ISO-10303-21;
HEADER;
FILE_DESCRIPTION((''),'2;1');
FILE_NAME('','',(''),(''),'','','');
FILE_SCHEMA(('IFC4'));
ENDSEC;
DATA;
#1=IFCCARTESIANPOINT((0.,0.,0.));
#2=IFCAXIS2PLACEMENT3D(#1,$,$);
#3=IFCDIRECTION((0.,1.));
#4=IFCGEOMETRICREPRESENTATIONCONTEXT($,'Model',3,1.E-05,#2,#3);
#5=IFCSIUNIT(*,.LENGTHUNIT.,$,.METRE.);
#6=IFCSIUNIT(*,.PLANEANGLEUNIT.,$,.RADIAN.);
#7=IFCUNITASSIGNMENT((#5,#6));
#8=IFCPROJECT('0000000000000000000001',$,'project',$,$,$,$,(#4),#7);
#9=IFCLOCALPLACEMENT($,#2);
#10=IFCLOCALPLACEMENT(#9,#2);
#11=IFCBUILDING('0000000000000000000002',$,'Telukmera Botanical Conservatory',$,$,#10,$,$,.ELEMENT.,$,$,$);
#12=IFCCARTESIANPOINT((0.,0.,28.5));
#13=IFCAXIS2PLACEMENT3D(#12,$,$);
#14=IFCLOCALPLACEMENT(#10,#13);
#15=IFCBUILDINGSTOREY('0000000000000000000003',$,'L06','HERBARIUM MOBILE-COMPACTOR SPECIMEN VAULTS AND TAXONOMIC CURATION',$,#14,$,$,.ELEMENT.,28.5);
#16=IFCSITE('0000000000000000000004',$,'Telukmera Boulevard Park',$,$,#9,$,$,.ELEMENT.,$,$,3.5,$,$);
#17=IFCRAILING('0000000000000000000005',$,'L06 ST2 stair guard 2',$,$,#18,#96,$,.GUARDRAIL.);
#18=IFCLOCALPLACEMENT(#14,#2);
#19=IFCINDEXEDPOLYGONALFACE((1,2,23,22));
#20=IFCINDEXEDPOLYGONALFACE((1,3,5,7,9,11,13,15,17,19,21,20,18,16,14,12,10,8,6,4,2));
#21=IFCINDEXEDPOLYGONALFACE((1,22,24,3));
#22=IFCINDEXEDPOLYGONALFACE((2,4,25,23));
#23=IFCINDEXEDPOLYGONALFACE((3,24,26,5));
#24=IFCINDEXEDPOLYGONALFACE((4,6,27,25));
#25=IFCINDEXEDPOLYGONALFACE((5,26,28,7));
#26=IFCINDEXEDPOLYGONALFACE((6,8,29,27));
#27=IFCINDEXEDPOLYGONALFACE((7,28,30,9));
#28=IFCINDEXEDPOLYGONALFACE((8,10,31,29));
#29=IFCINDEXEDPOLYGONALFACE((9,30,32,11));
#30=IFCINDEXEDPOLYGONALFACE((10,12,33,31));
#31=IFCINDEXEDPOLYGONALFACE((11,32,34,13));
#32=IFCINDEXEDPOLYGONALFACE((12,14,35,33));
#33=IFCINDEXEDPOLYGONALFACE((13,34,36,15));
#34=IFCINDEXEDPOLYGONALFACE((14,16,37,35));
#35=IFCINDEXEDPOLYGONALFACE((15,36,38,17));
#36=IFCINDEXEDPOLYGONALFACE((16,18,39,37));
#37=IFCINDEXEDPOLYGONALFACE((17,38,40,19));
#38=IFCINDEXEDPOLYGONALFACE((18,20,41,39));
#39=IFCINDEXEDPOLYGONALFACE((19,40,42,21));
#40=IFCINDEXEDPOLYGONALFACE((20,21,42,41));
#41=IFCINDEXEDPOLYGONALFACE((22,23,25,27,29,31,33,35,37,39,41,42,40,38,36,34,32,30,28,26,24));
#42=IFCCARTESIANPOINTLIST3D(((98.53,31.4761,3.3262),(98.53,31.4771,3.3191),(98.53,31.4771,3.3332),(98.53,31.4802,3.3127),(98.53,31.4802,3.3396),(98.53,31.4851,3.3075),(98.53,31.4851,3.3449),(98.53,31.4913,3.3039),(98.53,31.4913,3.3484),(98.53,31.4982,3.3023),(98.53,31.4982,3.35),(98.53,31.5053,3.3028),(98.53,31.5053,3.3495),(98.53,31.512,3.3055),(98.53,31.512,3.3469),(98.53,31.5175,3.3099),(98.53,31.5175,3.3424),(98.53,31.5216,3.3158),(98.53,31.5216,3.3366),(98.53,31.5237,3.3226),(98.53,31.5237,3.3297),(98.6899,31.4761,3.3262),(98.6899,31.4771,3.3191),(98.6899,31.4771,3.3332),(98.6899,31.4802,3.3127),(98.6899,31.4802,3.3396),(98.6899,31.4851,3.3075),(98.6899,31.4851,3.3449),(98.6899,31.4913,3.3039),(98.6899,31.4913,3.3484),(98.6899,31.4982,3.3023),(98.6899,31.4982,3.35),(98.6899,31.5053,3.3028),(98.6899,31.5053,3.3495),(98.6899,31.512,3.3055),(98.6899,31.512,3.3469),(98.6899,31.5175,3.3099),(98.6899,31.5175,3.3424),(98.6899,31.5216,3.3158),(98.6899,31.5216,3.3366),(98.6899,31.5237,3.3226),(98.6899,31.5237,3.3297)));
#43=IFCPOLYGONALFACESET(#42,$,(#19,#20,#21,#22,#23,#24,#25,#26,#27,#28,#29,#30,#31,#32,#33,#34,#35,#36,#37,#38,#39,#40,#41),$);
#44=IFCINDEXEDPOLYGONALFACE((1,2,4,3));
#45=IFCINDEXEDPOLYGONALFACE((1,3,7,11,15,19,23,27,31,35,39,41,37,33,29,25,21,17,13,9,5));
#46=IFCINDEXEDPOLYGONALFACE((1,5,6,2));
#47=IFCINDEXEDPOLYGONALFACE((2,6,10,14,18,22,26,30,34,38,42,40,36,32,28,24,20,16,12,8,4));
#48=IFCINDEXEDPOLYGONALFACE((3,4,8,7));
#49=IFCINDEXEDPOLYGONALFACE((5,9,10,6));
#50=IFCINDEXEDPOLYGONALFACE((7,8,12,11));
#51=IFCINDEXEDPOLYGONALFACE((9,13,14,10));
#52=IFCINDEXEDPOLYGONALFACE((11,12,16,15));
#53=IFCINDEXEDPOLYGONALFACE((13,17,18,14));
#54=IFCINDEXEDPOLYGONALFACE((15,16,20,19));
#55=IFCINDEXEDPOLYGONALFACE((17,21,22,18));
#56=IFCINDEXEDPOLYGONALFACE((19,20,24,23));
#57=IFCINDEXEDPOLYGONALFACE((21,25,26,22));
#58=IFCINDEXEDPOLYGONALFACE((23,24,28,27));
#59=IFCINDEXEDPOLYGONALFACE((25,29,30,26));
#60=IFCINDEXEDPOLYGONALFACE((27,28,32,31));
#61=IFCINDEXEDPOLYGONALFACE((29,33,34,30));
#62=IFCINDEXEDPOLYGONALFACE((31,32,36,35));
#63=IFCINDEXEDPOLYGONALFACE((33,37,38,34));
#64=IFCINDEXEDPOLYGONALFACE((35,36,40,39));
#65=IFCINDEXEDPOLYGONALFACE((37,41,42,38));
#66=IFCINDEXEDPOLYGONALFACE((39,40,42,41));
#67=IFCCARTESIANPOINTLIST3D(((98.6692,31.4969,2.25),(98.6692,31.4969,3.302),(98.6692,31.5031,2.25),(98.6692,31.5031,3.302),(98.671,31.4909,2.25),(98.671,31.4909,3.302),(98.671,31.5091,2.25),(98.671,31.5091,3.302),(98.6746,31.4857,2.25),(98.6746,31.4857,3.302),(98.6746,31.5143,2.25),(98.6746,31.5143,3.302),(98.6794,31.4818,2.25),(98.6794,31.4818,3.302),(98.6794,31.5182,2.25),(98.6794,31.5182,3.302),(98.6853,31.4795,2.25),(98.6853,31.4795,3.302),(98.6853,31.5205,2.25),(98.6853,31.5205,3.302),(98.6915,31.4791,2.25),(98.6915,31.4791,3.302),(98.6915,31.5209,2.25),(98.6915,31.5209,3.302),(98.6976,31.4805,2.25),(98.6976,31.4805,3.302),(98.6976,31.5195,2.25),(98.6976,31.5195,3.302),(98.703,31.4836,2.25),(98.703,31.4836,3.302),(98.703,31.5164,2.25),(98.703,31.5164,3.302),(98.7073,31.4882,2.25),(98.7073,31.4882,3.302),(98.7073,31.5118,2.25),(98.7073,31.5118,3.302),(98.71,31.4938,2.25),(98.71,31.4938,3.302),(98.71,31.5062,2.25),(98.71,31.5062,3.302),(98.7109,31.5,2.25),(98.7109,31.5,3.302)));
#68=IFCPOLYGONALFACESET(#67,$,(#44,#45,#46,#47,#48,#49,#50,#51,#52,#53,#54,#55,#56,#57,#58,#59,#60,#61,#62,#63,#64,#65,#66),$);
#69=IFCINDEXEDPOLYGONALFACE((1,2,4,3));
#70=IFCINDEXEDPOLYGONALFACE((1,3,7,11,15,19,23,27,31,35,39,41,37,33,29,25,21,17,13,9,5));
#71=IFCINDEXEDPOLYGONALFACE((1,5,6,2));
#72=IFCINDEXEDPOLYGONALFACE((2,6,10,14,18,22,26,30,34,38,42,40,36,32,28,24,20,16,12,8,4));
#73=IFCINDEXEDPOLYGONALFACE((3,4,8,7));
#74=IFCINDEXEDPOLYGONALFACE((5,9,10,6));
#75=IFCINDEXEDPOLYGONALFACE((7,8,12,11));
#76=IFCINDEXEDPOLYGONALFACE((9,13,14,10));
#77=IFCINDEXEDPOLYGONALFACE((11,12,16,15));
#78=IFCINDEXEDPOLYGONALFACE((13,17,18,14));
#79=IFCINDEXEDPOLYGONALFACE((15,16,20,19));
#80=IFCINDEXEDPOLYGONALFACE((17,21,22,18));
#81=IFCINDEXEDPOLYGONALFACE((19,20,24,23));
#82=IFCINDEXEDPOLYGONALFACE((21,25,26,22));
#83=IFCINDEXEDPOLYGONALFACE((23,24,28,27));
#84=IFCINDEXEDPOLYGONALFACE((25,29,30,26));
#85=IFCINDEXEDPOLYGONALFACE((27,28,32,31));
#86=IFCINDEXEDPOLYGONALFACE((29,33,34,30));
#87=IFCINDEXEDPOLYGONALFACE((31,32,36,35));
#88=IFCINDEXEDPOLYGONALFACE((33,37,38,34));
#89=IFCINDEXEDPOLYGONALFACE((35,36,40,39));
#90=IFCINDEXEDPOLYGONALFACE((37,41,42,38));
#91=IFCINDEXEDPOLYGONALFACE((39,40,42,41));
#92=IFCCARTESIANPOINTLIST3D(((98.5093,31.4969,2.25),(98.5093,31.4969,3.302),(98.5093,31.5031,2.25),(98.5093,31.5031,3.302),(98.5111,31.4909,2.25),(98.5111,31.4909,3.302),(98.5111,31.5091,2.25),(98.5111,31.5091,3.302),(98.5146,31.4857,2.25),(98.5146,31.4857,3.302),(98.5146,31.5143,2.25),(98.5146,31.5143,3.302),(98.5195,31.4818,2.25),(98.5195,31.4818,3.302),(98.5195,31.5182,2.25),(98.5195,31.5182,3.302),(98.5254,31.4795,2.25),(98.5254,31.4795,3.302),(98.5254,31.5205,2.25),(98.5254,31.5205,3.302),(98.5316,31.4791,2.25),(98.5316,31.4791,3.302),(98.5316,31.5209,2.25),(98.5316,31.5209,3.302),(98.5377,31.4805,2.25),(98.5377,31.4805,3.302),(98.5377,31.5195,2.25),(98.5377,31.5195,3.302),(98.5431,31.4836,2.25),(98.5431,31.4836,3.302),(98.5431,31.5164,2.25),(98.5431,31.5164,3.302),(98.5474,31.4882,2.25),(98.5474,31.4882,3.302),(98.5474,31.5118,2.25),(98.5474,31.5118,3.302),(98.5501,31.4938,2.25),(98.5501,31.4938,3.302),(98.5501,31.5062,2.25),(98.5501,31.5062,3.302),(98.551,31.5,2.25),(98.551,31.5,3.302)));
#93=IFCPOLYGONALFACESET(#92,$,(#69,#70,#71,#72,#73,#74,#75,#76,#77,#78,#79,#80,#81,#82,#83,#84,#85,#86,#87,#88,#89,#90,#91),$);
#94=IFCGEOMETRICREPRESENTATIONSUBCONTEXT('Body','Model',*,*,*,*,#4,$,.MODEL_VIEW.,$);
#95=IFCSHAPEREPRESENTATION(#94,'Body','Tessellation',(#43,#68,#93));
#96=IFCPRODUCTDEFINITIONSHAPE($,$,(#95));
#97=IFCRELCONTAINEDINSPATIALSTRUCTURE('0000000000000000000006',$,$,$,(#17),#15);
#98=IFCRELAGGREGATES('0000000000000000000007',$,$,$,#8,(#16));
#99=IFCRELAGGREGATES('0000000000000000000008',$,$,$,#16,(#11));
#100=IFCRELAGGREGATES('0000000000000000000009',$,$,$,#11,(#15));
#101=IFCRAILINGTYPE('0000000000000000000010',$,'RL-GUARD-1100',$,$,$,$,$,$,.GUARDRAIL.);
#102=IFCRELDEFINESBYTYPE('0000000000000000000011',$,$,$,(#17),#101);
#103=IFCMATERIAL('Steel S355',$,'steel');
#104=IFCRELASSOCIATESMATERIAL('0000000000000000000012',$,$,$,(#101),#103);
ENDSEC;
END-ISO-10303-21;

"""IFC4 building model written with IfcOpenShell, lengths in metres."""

from ifc_helpers import new_model, si_unit, direction, frame, origin, origin_2d, place, context, subcontext, project, spatial, circle, extrude, material, type_object, element, save


model = new_model("IFC4")

# Units and contexts
model_context = context("Model", 3, precision=1e-05, world=origin(), true_north=direction((0.0, 1.0)))
body_context = subcontext(model_context, "Body", "Model", "MODEL_VIEW")
ifc_project = project(units=[si_unit("LENGTHUNIT", "METRE"), si_unit("PLANEANGLEUNIT", "RADIAN")], contexts=[model_context])

# Site, building, storey
site_placement = place(None, origin())
site = spatial("IfcSite", under=ifc_project, at=site_placement, Name="Telukmera Boulevard Park", CompositionType="ELEMENT", RefElevation=3.5)
building_placement = place(site_placement, origin())
building = spatial("IfcBuilding", under=site, at=building_placement, Name="Telukmera Botanical Conservatory", CompositionType="ELEMENT")
storey_placement = place(building_placement, frame((0.0, 0.0, 28.5)))
storey = spatial("IfcBuildingStorey", under=building, at=storey_placement, Name="L06", Description="HERBARIUM MOBILE-COMPACTOR SPECIMEN VAULTS AND TAXONOMIC CURATION", CompositionType="ELEMENT", Elevation=28.5)

# Railing
ifc_material_1 = material(Name="Steel S355", Category="steel")
railing_type_1 = type_object("IfcRailingType", Name="RL-GUARD-1100", PredefinedType="GUARDRAIL", material=ifc_material_1)
railing_1_placement = place(storey_placement, frame((98.6899, 31.5, 2.25)))
element("IfcRailing", 1, at=railing_1_placement, inside=storey, type_object=railing_type_1, Name="L06 ST2 stair guard 2", PredefinedType="GUARDRAIL", context=body_context, shape_type="SweptSolid", body=[
    extrude(circle(Radius=0.0239, at=origin_2d()), frame((0.0, 0.0, 1.0762), z_axis=(-1.0, 0.0, 0.0), x_axis=(0.0, -1.0, 0.0)), (0.0, 0.0, 1.0), 0.1599),
    extrude(circle(Radius=0.021, at=origin_2d()), origin(), (0.0, 0.0, 1.0), 1.052),
    extrude(circle(Radius=0.021, at=origin_2d()), frame((-0.1599, 0.0, 0.0)), (0.0, 0.0, 1.0), 1.052),
])

save(model, "model.ifc")
